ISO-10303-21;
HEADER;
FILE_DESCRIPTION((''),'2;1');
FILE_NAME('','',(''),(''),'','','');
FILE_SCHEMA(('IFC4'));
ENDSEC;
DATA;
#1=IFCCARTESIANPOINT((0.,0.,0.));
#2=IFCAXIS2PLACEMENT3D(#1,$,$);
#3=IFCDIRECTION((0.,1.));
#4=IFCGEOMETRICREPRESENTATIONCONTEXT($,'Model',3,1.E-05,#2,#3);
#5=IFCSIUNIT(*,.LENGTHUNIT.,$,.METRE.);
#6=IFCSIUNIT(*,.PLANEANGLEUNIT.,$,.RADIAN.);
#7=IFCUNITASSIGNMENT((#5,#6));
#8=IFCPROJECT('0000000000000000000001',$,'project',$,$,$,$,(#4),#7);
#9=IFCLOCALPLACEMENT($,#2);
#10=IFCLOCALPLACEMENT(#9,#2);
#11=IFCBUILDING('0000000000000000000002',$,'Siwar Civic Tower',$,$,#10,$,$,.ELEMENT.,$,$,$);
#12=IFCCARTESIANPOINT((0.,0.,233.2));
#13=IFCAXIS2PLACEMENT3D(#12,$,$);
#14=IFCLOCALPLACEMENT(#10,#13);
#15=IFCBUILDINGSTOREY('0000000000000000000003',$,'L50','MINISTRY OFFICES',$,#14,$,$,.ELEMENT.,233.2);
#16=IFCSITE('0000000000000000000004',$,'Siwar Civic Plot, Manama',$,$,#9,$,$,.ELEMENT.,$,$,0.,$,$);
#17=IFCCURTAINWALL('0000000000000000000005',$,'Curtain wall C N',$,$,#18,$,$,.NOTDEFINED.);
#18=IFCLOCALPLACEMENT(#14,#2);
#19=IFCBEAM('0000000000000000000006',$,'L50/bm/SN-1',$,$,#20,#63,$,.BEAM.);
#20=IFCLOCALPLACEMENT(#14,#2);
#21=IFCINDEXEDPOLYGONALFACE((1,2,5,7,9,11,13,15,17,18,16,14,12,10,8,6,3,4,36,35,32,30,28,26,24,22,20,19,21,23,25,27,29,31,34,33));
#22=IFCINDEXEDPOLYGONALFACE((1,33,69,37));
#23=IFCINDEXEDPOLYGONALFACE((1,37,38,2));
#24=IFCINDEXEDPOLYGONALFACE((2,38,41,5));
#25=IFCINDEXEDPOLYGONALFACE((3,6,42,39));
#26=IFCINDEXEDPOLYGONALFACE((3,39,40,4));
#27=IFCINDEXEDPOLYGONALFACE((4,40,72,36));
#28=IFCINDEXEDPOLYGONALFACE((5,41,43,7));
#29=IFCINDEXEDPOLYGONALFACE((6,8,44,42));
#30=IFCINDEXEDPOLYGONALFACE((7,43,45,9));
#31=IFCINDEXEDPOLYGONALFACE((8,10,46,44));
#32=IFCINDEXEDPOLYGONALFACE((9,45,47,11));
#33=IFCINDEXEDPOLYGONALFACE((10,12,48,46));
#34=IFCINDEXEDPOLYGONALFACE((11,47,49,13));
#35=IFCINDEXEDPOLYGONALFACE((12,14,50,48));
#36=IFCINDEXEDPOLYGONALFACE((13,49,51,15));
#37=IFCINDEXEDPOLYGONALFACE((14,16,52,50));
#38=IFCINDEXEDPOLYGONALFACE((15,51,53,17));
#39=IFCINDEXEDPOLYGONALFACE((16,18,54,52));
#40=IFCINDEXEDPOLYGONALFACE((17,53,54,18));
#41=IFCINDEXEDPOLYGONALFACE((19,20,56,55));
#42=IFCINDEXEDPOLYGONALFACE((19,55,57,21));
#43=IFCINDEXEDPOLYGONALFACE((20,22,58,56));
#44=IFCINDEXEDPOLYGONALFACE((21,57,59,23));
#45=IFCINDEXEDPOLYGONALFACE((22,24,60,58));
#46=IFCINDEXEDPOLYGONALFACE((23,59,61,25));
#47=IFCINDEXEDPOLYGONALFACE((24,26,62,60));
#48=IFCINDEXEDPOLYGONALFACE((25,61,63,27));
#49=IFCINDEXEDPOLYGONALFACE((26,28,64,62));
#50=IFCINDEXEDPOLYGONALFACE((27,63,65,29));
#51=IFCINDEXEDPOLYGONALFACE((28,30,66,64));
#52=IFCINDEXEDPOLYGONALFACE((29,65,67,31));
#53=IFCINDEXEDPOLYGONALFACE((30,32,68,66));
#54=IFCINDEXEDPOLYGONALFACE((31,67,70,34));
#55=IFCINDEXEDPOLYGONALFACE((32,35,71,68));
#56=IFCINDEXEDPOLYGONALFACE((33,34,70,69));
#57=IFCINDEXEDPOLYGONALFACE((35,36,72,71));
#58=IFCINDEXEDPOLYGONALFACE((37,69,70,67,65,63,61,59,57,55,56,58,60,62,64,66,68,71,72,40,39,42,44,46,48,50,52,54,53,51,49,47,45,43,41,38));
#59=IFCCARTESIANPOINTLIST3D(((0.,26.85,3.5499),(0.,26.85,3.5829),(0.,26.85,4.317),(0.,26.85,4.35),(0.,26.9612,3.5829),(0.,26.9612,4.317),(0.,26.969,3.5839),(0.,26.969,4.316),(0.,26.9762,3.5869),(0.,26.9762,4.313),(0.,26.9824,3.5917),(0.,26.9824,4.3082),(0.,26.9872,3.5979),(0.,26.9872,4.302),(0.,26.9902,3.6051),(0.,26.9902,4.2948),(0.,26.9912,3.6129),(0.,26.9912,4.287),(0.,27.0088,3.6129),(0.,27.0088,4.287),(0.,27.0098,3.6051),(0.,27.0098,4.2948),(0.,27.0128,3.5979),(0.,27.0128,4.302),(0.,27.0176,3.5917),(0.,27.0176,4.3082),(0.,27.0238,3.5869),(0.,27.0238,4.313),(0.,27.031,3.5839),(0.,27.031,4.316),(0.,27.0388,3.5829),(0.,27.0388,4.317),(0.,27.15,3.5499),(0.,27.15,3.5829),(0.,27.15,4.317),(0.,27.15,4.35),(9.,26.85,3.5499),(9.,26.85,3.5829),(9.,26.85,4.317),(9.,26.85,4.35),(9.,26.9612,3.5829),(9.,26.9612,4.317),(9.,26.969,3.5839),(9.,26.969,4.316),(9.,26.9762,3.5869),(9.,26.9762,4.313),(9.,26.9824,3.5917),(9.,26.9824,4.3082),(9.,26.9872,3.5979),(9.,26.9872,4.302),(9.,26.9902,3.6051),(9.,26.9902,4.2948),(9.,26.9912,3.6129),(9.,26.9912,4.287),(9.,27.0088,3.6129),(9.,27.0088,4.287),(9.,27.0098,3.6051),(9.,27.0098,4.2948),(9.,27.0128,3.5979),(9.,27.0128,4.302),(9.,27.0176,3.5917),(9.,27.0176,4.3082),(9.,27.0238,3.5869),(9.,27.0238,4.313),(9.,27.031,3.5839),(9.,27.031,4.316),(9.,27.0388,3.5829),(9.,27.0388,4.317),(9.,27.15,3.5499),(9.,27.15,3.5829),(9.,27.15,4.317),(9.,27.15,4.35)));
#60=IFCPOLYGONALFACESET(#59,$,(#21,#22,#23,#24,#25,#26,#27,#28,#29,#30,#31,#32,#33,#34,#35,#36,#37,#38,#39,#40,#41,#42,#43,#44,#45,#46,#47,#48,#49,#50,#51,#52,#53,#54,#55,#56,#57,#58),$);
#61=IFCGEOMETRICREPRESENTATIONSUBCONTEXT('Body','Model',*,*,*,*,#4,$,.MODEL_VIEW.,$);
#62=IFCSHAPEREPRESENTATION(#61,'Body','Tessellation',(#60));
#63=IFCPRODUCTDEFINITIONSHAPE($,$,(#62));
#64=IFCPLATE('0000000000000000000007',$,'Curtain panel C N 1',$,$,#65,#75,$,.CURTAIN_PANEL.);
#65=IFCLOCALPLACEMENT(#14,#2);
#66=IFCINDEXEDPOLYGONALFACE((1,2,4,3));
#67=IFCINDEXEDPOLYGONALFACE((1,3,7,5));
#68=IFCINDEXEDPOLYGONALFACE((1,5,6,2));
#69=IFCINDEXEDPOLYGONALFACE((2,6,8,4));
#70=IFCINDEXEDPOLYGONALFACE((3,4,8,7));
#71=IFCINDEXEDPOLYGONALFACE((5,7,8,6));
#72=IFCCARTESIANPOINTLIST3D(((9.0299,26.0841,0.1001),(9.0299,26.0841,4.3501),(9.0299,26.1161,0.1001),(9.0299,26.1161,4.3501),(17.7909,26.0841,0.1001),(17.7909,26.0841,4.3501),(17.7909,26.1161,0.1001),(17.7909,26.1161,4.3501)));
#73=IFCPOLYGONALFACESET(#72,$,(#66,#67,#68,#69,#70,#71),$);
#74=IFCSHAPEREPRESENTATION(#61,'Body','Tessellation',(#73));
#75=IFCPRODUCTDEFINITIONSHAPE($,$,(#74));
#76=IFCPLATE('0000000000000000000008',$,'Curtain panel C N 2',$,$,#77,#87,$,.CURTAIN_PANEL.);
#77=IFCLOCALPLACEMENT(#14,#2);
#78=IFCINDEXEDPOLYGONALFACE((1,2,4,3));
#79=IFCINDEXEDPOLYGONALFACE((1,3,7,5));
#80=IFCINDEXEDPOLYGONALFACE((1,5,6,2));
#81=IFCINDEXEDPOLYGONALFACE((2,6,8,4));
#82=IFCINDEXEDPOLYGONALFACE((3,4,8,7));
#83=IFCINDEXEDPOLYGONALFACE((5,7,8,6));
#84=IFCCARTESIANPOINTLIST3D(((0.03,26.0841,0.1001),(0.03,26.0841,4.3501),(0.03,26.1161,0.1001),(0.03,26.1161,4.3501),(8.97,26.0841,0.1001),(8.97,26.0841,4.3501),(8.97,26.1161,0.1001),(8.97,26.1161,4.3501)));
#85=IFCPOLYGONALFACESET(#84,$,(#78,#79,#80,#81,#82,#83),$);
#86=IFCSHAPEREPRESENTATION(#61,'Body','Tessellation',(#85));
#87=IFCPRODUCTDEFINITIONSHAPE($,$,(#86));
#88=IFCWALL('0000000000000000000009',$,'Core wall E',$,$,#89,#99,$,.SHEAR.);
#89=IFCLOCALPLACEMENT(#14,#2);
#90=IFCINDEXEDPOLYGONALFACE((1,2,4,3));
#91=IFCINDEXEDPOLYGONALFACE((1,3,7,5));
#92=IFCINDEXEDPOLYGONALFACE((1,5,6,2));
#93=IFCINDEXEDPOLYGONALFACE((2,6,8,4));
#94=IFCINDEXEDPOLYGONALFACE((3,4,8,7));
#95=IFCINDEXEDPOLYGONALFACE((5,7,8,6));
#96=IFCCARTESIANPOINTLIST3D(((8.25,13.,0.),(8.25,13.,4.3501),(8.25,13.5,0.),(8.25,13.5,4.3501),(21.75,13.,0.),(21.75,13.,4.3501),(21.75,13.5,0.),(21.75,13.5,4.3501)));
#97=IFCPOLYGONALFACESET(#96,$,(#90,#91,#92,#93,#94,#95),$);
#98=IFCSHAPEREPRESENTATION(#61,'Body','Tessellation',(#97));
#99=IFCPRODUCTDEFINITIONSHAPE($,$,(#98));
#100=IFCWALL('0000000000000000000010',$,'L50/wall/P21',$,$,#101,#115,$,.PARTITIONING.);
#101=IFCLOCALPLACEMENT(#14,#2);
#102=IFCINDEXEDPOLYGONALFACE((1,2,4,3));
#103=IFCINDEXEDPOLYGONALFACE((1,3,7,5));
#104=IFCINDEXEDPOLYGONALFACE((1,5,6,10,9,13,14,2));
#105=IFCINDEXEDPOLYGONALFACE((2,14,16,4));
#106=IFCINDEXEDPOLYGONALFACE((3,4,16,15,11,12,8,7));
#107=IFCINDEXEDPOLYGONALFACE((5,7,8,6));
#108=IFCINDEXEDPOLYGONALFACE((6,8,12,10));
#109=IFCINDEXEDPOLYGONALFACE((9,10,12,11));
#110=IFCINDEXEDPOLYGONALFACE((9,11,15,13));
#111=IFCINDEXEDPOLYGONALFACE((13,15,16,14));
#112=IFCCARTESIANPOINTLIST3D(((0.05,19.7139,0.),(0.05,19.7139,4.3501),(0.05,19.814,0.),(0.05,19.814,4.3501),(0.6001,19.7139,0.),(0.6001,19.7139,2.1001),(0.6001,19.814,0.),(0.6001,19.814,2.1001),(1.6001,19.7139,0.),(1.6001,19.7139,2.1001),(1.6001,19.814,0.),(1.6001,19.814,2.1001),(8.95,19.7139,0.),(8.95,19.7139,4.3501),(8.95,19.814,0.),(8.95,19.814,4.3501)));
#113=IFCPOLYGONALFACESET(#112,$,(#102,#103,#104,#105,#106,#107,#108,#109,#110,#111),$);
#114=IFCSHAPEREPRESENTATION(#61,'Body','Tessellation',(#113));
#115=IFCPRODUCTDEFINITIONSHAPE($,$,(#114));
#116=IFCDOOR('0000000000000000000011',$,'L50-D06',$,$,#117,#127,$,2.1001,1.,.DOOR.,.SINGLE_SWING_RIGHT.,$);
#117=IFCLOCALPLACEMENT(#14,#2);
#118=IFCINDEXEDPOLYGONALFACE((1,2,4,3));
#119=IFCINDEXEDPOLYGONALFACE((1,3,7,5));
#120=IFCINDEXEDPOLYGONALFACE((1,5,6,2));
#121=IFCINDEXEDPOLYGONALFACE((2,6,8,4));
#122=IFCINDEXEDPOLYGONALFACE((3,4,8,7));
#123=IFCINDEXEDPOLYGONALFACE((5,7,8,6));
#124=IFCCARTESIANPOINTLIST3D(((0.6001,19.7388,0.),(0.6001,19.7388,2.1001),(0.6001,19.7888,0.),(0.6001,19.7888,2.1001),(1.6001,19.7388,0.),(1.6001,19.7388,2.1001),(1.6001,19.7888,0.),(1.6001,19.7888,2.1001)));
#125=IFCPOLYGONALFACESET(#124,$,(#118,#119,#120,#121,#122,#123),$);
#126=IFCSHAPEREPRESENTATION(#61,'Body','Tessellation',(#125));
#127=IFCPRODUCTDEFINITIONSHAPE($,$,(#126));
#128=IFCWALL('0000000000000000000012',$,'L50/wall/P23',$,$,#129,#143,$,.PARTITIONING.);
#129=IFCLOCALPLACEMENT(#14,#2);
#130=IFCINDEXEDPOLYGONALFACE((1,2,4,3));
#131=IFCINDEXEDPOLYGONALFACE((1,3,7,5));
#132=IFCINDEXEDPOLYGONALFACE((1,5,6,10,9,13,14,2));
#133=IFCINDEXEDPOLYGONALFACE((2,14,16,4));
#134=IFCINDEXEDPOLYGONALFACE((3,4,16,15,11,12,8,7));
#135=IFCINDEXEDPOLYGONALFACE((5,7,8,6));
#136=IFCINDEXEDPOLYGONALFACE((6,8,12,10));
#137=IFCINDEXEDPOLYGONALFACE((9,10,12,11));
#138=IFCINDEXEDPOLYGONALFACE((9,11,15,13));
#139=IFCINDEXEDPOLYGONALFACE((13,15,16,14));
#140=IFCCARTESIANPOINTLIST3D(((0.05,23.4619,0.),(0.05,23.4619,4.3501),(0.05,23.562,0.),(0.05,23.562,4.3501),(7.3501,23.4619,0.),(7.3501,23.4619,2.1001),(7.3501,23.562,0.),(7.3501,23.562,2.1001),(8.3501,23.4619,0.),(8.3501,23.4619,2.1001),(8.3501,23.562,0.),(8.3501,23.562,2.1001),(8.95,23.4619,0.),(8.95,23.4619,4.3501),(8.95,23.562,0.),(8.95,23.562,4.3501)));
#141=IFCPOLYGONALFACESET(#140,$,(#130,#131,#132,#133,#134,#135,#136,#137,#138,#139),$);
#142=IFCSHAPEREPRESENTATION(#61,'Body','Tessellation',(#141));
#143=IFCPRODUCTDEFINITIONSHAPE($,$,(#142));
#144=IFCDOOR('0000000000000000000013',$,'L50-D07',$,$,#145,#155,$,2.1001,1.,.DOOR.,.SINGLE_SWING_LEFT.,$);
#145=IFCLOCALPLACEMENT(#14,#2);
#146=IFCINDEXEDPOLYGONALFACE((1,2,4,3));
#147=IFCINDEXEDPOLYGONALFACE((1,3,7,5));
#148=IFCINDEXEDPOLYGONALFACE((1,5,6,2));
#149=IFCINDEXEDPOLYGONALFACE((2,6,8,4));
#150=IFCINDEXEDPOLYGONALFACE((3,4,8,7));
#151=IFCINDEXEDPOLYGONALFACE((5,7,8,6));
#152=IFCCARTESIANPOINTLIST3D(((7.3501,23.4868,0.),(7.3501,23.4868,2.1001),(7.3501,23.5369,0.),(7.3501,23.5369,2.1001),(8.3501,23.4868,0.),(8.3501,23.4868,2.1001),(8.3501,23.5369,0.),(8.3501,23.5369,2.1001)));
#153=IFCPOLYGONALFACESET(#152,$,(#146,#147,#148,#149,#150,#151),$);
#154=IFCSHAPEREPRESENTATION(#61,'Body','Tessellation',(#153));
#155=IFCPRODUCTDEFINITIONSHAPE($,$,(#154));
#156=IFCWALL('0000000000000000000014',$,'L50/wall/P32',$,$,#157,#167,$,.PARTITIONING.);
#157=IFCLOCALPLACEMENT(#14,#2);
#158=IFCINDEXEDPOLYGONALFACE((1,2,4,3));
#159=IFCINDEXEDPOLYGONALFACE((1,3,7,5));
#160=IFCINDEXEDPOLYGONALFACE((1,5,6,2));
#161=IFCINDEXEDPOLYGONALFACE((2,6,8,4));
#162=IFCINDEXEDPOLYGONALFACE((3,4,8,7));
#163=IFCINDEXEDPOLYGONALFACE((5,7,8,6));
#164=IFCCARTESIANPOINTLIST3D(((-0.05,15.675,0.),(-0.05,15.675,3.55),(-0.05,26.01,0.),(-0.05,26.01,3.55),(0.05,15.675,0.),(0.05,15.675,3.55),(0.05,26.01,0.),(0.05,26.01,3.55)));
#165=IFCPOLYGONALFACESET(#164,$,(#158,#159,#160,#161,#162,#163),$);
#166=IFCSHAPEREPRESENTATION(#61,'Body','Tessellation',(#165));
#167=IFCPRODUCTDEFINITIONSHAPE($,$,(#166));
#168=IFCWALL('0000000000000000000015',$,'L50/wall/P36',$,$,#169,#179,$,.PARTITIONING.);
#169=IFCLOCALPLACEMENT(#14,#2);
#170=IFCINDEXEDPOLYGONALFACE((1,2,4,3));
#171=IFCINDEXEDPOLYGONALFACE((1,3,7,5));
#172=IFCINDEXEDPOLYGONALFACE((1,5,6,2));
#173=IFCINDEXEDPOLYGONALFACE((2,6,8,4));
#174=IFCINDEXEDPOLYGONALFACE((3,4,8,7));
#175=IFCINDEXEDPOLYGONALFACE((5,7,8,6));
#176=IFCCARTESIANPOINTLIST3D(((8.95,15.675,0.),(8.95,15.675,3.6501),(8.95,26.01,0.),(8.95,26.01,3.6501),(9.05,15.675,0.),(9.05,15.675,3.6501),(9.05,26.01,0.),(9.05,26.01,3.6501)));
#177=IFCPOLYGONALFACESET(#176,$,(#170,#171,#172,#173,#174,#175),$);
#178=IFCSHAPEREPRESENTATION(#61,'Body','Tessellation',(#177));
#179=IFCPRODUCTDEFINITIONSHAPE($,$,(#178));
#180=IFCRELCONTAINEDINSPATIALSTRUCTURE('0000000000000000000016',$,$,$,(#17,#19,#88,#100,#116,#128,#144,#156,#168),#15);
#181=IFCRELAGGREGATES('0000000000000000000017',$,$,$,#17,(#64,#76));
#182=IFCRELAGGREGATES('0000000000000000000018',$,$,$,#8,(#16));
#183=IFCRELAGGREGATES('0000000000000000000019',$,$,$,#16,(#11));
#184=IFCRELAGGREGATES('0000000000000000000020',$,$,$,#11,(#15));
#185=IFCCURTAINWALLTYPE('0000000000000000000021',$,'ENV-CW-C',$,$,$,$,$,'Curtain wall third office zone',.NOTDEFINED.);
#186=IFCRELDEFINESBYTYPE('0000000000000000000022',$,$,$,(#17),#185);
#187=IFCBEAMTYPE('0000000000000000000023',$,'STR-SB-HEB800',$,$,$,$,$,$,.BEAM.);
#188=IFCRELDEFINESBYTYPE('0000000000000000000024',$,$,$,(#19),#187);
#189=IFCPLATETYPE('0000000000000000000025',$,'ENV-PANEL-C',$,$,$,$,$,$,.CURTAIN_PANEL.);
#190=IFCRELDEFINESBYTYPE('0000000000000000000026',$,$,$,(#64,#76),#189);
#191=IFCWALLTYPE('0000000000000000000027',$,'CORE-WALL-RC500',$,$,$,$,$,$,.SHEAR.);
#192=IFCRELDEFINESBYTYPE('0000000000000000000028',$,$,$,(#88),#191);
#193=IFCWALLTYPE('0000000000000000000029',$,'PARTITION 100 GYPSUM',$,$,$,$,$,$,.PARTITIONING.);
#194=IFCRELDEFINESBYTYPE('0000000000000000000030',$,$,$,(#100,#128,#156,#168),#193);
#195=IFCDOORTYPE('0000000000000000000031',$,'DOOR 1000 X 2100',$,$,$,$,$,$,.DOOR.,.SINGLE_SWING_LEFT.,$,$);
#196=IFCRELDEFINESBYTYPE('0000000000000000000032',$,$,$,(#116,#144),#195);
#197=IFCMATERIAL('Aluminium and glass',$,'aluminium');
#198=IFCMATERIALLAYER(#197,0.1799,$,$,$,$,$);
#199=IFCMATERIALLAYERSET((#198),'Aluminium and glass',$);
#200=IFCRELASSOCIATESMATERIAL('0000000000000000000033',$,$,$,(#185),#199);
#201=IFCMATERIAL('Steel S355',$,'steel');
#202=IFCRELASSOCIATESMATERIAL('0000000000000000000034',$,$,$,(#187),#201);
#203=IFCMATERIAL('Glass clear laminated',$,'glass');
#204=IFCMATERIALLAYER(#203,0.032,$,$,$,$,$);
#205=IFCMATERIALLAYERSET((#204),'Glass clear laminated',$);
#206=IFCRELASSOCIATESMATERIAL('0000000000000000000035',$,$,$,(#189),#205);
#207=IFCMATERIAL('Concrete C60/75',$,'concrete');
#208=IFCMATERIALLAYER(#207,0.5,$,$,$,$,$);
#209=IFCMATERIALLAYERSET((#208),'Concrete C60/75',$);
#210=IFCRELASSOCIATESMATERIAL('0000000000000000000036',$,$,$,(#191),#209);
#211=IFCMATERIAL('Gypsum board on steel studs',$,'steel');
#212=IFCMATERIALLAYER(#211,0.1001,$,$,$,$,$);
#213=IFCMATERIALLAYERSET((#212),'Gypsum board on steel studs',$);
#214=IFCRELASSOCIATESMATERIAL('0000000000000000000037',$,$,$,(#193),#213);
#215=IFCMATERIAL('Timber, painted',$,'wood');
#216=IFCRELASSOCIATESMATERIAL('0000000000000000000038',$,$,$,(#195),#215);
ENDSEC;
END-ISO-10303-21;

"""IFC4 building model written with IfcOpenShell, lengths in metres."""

from ifc_helpers import new_model, si_unit, direction, frame, frame_2d, origin, origin_2d, place, context, subcontext, project, spatial, rectangle, i_section, extrude, material, layer, layer_set, material_profile, profile_set, type_object, element, fill, aggregate, save


model = new_model("IFC4")

# Units and contexts
model_context = context("Model", 3, precision=1e-05, world=origin(), true_north=direction((0.0, 1.0)))
body_context = subcontext(model_context, "Body", "Model", "MODEL_VIEW")
ifc_project = project(units=[si_unit("LENGTHUNIT", "METRE"), si_unit("PLANEANGLEUNIT", "RADIAN")], contexts=[model_context])

# Site, building, storey
site_placement = place(None, origin())
site = spatial("IfcSite", under=ifc_project, at=site_placement, Name="Siwar Civic Plot, Manama", CompositionType="ELEMENT", RefElevation=0.0)
building_placement = place(site_placement, origin())
building = spatial("IfcBuilding", under=site, at=building_placement, Name="Siwar Civic Tower", CompositionType="ELEMENT")
storey_placement = place(building_placement, frame((0.0, 0.0, 233.2)))
storey = spatial("IfcBuildingStorey", under=building, at=storey_placement, Name="L50", Description="MINISTRY OFFICES", CompositionType="ELEMENT", Elevation=233.2)

# Curtain wall
ifc_material_1 = material(Name="Aluminium and glass", Category="aluminium")
ifc_layer_1 = layer(ifc_material_1, 0.1799)
ifc_layer_set_1 = layer_set([ifc_layer_1], Name="Aluminium and glass")
curtain_wall_type = type_object("IfcCurtainWallType", Name="ENV-CW-C", ElementType="Curtain wall third office zone", PredefinedType="NOTDEFINED", material=ifc_layer_set_1)
curtain_wall_placement = place(storey_placement, origin())
curtain_wall = element("IfcCurtainWall", 1, at=curtain_wall_placement, inside=storey, type_object=curtain_wall_type, Name="Curtain wall C N", PredefinedType="NOTDEFINED")

# Beam
ifc_material_2 = material(Name="Steel S355", Category="steel")
ifc_material_profile_1 = material_profile(ifc_material_2, i_section(OverallWidth=0.3, OverallDepth=0.8, WebThickness=0.0176, FlangeThickness=0.033, FilletRadius=0.03, at=origin_2d()), Name="HEB800")
ifc_profile_set_1 = profile_set([ifc_material_profile_1], Name="Steel S355")
beam_type_1 = type_object("IfcBeamType", Name="STR-SB-HEB800", PredefinedType="BEAM", material=ifc_profile_set_1)
beam_1_placement = place(storey_placement, frame((9.0, 27.0, 3.95), z_axis=(-1.0, 0.0, 0.0), x_axis=(0.0, -1.0, 0.0)))
element("IfcBeam", 2, at=beam_1_placement, inside=storey, type_object=beam_type_1, Name="L50/bm/SN-1", PredefinedType="BEAM", context=body_context, shape_type="SweptSolid", body=[
    extrude(i_section(OverallWidth=0.3, OverallDepth=0.8, WebThickness=0.0176, FlangeThickness=0.033, FilletRadius=0.03, at=origin_2d()), origin(), (0.0, 0.0, 1.0), 9.0),
])

# Plates
ifc_material_3 = material(Name="Glass clear laminated", Category="glass")
ifc_layer_2 = layer(ifc_material_3, 0.032)
ifc_layer_set_2 = layer_set([ifc_layer_2], Name="Glass clear laminated")
plate_type = type_object("IfcPlateType", Name="ENV-PANEL-C", PredefinedType="CURTAIN_PANEL", material=ifc_layer_set_2)
plate_1_placement = place(storey_placement, frame((13.4104, 26.1001, 0.1001), z_axis=(0.0, 0.0, 1.0), x_axis=(-1.0, 0.0, 0.0)))
plate_1 = element("IfcPlate", 3, at=plate_1_placement, type_object=plate_type, Name="Curtain panel C N 1", PredefinedType="CURTAIN_PANEL", context=body_context, shape_type="SweptSolid", body=[
    extrude(rectangle(XDim=8.761, YDim=0.032, at=origin_2d()), origin(), (0.0, 0.0, 1.0), 4.25),
])
plate_2_placement = place(storey_placement, frame((4.5, 26.1001, 0.1001), z_axis=(0.0, 0.0, 1.0), x_axis=(-1.0, 0.0, 0.0)))
plate_2 = element("IfcPlate", 4, at=plate_2_placement, type_object=plate_type, Name="Curtain panel C N 2", PredefinedType="CURTAIN_PANEL", context=body_context, shape_type="SweptSolid", body=[
    extrude(rectangle(XDim=8.9399, YDim=0.032, at=origin_2d()), origin(), (0.0, 0.0, 1.0), 4.25),
])
aggregate(curtain_wall, [plate_1, plate_2])

# Wall
ifc_material_4 = material(Name="Concrete C60/75", Category="concrete")
ifc_layer_3 = layer(ifc_material_4, 0.5)
ifc_layer_set_3 = layer_set([ifc_layer_3], Name="Concrete C60/75")
wall_type_1 = type_object("IfcWallType", Name="CORE-WALL-RC500", PredefinedType="SHEAR", material=ifc_layer_set_3)
wall_1_placement = place(storey_placement, frame((8.25, 13.25, 0.0), z_axis=(0.0, 0.0, 1.0), x_axis=(1.0, 0.0, 0.0)))
element("IfcWall", 5, at=wall_1_placement, inside=storey, type_object=wall_type_1, Name="Core wall E", PredefinedType="SHEAR", context=body_context, shape_type="SweptSolid", body=[
    extrude(rectangle(XDim=13.5, YDim=0.5, at=frame_2d((6.75, 0.0))), origin(), (0.0, 0.0, 1.0), 4.3501),
])

# Walls, openings, doors
ifc_material_5 = material(Name="Gypsum board on steel studs", Category="steel")
ifc_layer_4 = layer(ifc_material_5, 0.1001)
ifc_layer_set_4 = layer_set([ifc_layer_4], Name="Gypsum board on steel studs")
wall_type_2 = type_object("IfcWallType", Name="PARTITION 100 GYPSUM", PredefinedType="PARTITIONING", material=ifc_layer_set_4)
wall_2_placement = place(storey_placement, frame((0.05, 19.7639, 0.0), z_axis=(0.0, 0.0, 1.0), x_axis=(1.0, 0.0, 0.0)))
wall_2 = element("IfcWall", 6, at=wall_2_placement, inside=storey, type_object=wall_type_2, Name="L50/wall/P21", PredefinedType="PARTITIONING", context=body_context, shape_type="SweptSolid", body=[
    extrude(rectangle(XDim=8.8999, YDim=0.1001, at=frame_2d((4.45, 0.0))), origin(), (0.0, 0.0, 1.0), 4.3501),
])
opening_1_placement = place(wall_2_placement, frame((0.55, 0.0, 0.0)))
opening_1 = element("IfcOpeningElement", 7, at=opening_1_placement, cuts=wall_2, PredefinedType="OPENING", context=body_context, shape_type="SweptSolid", body=[
    extrude(rectangle(XDim=1.0, YDim=2.1001, at=frame_2d((0.5, 1.05))), frame((0.0, 0.0601, 0.0), z_axis=(0.0, -1.0, 0.0), x_axis=(1.0, 0.0, 0.0)), (0.0, 0.0, 1.0), 0.1201),
])
ifc_material_6 = material(Name="Timber, painted", Category="wood")
door_type = type_object("IfcDoorType", Name="DOOR 1000 X 2100", OperationType="SINGLE_SWING_LEFT", PredefinedType="DOOR", material=ifc_material_6)
door_1_placement = place(opening_1_placement, origin())
door_1 = element("IfcDoor", 8, at=door_1_placement, inside=storey, type_object=door_type, Name="L50-D06", OperationType="SINGLE_SWING_RIGHT", OverallHeight=2.1001, OverallWidth=1.0, PredefinedType="DOOR", context=body_context, shape_type="SweptSolid", body=[
    extrude(rectangle(XDim=1.0, YDim=2.1001, at=frame_2d((0.5, 1.05))), frame((0.0, 0.0249, 0.0), z_axis=(0.0, -1.0, 0.0), x_axis=(1.0, 0.0, 0.0)), (0.0, 0.0, 1.0), 0.05),
])
fill(opening_1, door_1)
wall_3_placement = place(storey_placement, frame((0.05, 23.512, 0.0), z_axis=(0.0, 0.0, 1.0), x_axis=(1.0, 0.0, 0.0)))
wall_3 = element("IfcWall", 9, at=wall_3_placement, inside=storey, type_object=wall_type_2, Name="L50/wall/P23", PredefinedType="PARTITIONING", context=body_context, shape_type="SweptSolid", body=[
    extrude(rectangle(XDim=8.8999, YDim=0.1001, at=frame_2d((4.45, 0.0))), origin(), (0.0, 0.0, 1.0), 4.3501),
])
opening_2_placement = place(wall_3_placement, frame((7.3, 0.0, 0.0)))
opening_2 = element("IfcOpeningElement", 10, at=opening_2_placement, cuts=wall_3, PredefinedType="OPENING", context=body_context, shape_type="SweptSolid", body=[
    extrude(rectangle(XDim=1.0, YDim=2.1001, at=frame_2d((0.5, 1.05))), frame((0.0, 0.0601, 0.0), z_axis=(0.0, -1.0, 0.0), x_axis=(1.0, 0.0, 0.0)), (0.0, 0.0, 1.0), 0.1201),
])
door_2_placement = place(opening_2_placement, origin())
door_2 = element("IfcDoor", 11, at=door_2_placement, inside=storey, type_object=door_type, Name="L50-D07", OperationType="SINGLE_SWING_LEFT", OverallHeight=2.1001, OverallWidth=1.0, PredefinedType="DOOR", context=body_context, shape_type="SweptSolid", body=[
    extrude(rectangle(XDim=1.0, YDim=2.1001, at=frame_2d((0.5, 1.05))), frame((0.0, 0.0249, 0.0), z_axis=(0.0, -1.0, 0.0), x_axis=(1.0, 0.0, 0.0)), (0.0, 0.0, 1.0), 0.05),
])
fill(opening_2, door_2)

# Walls
wall_4_placement = place(storey_placement, frame((0.0, 15.675, 0.0), z_axis=(0.0, 0.0, 1.0), x_axis=(0.0, 1.0, 0.0)))
element("IfcWall", 12, at=wall_4_placement, inside=storey, type_object=wall_type_2, Name="L50/wall/P32", PredefinedType="PARTITIONING", context=body_context, shape_type="SweptSolid", body=[
    extrude(rectangle(XDim=10.335, YDim=0.1001, at=frame_2d((5.1675, 0.0))), origin(), (0.0, 0.0, 1.0), 3.55),
])
wall_5_placement = place(storey_placement, frame((9.0, 15.675, 0.0), z_axis=(0.0, 0.0, 1.0), x_axis=(0.0, 1.0, 0.0)))
element("IfcWall", 13, at=wall_5_placement, inside=storey, type_object=wall_type_2, Name="L50/wall/P36", PredefinedType="PARTITIONING", context=body_context, shape_type="SweptSolid", body=[
    extrude(rectangle(XDim=10.335, YDim=0.1001, at=frame_2d((5.1675, 0.0))), origin(), (0.0, 0.0, 1.0), 3.6501),
])

save(model, "model.ifc")
